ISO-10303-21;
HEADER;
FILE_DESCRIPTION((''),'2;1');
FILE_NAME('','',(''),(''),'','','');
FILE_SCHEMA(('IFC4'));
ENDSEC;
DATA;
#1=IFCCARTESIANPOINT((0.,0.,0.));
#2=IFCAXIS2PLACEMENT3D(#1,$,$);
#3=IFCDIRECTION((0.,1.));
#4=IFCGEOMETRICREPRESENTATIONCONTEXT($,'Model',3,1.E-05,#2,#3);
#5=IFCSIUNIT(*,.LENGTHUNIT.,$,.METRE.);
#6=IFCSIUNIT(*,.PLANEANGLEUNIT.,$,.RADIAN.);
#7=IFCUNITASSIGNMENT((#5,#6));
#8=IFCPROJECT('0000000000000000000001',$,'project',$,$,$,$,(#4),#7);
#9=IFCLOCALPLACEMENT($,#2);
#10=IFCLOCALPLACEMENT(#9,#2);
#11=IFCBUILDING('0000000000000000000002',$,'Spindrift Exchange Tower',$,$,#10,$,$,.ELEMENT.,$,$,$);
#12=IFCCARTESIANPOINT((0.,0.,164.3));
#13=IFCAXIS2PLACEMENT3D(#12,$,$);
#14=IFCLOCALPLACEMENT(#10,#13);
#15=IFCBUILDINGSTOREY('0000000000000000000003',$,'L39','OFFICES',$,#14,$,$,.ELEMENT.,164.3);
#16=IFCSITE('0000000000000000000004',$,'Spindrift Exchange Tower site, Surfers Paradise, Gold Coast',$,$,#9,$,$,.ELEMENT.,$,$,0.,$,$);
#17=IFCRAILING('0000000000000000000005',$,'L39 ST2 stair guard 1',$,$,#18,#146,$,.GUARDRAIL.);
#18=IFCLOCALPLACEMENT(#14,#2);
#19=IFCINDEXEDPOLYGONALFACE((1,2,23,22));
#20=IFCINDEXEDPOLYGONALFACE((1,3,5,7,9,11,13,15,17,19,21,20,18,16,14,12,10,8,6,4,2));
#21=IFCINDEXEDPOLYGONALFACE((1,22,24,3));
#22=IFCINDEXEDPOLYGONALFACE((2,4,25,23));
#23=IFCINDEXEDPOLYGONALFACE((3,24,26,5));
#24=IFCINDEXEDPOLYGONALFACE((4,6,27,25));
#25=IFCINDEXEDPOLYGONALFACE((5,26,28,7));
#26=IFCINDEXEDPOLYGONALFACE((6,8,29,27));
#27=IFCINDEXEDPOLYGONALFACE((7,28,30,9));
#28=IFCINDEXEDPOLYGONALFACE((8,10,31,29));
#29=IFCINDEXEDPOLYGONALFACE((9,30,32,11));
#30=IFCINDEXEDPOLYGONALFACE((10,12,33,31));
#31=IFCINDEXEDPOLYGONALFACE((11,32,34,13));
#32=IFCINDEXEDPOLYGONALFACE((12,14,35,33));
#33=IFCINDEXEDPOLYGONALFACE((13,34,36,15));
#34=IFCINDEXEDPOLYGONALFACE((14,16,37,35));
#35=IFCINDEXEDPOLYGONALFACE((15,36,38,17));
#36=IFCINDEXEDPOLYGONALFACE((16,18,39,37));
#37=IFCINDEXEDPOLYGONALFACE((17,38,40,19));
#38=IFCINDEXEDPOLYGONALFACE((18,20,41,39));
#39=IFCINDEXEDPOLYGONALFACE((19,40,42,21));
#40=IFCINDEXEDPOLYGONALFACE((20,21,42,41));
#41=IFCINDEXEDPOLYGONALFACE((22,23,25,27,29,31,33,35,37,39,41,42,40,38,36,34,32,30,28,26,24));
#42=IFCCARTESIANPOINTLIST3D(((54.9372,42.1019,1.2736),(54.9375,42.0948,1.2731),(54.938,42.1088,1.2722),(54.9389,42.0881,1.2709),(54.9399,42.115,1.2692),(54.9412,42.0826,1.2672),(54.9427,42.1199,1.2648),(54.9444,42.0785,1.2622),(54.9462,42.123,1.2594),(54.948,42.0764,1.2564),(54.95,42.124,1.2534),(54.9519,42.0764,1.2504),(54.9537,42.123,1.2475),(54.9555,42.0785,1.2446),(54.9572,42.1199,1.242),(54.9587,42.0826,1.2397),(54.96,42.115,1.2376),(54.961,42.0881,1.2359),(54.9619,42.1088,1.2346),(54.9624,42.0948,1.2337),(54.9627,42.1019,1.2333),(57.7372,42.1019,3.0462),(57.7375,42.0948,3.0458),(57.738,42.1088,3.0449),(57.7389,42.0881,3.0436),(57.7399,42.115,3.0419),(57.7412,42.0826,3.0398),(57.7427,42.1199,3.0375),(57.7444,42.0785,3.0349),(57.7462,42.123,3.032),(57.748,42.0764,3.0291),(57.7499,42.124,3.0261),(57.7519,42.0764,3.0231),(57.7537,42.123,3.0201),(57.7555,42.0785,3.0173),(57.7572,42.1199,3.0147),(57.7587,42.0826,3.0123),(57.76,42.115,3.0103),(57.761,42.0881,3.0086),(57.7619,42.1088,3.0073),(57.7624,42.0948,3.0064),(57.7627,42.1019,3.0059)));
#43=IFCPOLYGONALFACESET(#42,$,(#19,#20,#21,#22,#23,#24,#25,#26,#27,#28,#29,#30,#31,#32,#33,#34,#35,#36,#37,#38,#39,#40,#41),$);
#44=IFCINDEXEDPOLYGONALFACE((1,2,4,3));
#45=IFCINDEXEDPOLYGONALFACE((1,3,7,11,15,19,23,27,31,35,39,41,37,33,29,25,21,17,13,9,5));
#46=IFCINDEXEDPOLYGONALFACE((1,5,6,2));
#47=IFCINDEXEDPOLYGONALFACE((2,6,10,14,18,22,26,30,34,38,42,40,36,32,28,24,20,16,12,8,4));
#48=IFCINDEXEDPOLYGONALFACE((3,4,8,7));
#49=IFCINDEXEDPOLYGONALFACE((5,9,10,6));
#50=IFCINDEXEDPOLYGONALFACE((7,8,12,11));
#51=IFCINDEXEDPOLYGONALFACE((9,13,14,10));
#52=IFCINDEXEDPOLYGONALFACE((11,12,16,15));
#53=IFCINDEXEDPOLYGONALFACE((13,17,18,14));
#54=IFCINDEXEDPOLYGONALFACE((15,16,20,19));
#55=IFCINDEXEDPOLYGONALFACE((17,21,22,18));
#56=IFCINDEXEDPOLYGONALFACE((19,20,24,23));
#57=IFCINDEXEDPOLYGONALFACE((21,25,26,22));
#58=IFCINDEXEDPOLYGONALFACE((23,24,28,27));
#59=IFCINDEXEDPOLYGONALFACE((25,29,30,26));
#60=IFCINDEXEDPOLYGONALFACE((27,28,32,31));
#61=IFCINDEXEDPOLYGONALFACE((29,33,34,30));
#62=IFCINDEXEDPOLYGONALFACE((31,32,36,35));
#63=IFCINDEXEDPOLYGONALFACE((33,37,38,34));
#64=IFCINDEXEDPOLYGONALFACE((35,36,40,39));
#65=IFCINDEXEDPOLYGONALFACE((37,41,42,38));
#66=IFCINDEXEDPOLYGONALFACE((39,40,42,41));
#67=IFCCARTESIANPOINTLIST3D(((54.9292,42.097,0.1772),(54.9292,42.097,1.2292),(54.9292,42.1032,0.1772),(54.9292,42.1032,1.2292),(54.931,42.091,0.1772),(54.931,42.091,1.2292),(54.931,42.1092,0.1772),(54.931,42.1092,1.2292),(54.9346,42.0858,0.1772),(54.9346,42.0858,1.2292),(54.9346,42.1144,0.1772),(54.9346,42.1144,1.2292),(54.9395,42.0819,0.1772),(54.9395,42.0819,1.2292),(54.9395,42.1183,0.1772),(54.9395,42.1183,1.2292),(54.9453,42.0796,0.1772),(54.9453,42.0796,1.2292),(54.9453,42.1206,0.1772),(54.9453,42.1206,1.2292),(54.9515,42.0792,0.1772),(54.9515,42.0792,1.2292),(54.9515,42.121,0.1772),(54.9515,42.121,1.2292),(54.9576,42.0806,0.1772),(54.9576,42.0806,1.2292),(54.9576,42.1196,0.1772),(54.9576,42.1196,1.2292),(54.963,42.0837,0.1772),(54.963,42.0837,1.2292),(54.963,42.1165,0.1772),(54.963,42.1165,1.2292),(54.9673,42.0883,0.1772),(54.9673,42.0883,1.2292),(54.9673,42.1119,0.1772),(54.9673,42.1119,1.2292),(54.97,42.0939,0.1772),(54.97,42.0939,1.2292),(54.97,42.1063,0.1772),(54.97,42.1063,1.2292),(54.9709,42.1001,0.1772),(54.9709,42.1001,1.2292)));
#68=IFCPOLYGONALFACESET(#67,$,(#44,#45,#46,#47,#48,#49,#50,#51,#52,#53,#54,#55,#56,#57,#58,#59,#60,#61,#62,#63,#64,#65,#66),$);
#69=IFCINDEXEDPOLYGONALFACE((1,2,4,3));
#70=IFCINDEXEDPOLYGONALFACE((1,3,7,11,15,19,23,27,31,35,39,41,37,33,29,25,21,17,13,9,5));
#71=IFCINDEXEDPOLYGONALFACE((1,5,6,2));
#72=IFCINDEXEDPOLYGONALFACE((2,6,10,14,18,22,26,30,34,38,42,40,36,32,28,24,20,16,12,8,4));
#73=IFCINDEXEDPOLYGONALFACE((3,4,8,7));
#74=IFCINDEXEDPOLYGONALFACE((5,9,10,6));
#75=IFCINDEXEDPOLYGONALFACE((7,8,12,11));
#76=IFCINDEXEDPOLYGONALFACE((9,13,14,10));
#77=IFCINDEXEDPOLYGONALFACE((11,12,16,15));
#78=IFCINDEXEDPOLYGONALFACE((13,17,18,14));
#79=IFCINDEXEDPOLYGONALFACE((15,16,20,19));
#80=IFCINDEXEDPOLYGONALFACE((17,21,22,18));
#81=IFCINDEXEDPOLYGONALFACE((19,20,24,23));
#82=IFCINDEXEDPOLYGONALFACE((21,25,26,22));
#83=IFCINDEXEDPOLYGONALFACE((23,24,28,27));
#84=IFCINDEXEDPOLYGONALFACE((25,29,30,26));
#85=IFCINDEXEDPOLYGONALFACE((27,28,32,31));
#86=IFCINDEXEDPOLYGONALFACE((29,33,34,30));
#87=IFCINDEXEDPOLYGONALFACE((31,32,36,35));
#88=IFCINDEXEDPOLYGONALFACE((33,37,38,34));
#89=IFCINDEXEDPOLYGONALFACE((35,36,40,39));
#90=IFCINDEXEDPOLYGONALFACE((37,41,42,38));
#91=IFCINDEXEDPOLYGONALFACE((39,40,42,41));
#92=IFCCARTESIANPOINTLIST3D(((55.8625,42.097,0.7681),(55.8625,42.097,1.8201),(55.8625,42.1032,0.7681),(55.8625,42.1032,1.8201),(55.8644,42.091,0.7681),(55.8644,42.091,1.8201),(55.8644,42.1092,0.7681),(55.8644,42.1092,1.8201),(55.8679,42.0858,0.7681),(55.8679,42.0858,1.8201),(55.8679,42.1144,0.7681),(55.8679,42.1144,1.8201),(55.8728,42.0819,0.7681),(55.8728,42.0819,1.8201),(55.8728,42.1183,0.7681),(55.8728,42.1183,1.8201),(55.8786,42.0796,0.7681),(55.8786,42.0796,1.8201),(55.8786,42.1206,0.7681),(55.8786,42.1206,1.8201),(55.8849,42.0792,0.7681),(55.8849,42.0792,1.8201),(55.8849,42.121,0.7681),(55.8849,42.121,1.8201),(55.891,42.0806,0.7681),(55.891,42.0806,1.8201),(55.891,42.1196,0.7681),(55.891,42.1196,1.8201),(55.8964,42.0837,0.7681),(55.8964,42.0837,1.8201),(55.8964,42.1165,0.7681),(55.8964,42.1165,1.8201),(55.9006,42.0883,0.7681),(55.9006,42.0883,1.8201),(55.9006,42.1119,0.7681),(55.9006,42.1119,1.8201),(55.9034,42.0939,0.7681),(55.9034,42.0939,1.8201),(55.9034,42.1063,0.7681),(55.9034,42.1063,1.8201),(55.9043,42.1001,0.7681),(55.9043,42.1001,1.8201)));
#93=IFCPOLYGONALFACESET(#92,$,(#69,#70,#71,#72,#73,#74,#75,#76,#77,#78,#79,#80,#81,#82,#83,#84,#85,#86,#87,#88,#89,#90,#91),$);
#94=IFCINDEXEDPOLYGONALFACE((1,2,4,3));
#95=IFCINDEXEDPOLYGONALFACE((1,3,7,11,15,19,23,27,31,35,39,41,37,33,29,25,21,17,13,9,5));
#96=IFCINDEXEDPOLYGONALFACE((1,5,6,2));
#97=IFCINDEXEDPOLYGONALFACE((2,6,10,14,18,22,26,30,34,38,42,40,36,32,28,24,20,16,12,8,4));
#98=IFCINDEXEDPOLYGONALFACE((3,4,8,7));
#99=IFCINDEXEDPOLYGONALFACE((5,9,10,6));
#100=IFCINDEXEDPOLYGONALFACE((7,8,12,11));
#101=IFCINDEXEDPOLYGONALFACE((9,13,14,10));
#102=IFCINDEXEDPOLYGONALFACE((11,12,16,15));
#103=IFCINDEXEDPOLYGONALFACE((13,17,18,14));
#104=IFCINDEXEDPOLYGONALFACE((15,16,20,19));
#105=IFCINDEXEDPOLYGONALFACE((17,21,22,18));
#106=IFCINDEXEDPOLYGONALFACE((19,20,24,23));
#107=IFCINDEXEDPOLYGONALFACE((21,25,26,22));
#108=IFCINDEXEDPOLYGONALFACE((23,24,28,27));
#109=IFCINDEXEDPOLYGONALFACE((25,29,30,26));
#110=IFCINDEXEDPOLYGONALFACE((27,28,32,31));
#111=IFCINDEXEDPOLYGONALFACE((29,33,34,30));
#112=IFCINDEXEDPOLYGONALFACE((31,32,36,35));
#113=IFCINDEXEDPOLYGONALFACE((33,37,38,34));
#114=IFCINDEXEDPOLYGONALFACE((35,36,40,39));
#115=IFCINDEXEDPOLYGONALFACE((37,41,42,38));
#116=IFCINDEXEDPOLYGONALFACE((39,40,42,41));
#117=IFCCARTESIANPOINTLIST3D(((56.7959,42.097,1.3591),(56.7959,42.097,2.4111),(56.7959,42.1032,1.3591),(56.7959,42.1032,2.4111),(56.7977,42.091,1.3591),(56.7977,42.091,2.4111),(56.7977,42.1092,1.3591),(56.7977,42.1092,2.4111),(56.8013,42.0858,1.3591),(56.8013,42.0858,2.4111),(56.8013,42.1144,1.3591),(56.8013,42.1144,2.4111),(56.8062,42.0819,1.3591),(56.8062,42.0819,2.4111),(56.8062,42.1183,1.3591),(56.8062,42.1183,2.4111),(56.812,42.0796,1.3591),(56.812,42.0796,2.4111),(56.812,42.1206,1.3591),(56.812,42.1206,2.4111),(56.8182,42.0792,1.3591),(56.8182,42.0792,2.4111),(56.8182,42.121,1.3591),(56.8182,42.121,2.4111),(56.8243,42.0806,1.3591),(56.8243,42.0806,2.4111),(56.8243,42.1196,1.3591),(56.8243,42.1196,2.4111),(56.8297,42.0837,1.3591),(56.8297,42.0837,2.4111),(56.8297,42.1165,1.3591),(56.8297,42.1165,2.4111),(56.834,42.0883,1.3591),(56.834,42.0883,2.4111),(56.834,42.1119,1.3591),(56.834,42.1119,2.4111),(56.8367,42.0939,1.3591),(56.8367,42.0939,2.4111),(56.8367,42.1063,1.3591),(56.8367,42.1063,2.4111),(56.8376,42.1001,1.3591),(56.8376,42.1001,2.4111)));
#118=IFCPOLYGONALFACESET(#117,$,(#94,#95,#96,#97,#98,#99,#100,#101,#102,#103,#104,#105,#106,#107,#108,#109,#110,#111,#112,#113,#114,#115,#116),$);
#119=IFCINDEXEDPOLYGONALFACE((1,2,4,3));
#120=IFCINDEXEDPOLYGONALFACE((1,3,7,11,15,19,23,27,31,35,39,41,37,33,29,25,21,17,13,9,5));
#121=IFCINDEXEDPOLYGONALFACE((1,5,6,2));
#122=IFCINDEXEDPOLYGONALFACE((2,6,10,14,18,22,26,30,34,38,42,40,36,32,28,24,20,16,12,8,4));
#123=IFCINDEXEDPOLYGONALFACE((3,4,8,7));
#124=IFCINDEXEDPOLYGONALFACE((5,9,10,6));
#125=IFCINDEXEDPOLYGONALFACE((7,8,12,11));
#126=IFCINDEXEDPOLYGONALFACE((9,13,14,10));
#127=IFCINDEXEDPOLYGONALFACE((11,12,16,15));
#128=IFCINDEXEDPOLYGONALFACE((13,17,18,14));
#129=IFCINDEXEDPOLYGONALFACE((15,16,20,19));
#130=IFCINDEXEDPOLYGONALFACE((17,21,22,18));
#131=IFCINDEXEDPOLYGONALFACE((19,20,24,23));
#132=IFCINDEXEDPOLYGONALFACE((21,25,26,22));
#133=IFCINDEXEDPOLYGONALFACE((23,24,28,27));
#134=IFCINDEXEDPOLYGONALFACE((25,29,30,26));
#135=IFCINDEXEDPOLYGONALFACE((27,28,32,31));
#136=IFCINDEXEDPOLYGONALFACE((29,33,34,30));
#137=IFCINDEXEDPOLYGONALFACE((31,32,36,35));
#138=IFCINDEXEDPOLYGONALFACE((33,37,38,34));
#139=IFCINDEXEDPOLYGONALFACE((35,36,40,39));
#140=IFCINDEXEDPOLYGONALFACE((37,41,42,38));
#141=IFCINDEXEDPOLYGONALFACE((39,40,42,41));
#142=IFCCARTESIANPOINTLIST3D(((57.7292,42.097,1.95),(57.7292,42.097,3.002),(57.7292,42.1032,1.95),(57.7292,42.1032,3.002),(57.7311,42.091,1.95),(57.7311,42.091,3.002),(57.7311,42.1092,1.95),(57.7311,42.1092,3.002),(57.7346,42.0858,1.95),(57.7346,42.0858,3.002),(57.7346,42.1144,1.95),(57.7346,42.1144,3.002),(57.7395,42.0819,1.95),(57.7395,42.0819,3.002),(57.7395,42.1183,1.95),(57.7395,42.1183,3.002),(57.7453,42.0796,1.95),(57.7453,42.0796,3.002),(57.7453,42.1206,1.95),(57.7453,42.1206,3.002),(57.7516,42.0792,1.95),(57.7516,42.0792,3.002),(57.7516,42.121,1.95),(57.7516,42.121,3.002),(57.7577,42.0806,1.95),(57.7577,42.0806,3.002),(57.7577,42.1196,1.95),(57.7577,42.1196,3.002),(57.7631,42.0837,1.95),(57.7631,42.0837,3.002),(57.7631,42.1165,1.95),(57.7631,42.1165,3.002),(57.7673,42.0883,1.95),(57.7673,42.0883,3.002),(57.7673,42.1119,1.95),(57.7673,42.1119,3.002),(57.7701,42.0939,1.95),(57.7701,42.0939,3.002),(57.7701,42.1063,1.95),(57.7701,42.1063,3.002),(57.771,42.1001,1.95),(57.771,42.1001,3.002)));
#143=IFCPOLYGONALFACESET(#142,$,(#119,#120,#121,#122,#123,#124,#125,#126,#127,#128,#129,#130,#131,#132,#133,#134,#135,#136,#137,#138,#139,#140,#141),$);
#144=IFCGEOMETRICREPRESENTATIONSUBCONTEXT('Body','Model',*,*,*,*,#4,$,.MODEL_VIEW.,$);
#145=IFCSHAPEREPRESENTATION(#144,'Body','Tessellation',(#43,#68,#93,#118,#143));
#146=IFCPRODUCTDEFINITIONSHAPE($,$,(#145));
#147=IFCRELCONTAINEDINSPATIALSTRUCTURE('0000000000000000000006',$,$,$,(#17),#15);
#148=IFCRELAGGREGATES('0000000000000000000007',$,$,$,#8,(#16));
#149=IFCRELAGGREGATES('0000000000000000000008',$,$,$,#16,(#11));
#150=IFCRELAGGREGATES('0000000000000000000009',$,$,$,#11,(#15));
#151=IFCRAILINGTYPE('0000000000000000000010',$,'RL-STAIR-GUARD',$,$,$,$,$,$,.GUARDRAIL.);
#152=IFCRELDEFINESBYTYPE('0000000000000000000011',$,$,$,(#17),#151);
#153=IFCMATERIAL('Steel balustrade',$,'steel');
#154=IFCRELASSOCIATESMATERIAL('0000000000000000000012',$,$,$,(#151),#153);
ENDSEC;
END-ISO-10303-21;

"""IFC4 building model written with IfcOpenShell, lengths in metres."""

from ifc_helpers import new_model, si_unit, direction, frame, origin, origin_2d, place, context, subcontext, project, spatial, circle, extrude, material, type_object, element, save


model = new_model("IFC4")

# Units and contexts
model_context = context("Model", 3, precision=1e-05, world=origin(), true_north=direction((0.0, 1.0)))
body_context = subcontext(model_context, "Body", "Model", "MODEL_VIEW")
ifc_project = project(units=[si_unit("LENGTHUNIT", "METRE"), si_unit("PLANEANGLEUNIT", "RADIAN")], contexts=[model_context])

# Site, building, storey
site_placement = place(None, origin())
site = spatial("IfcSite", under=ifc_project, at=site_placement, Name="Spindrift Exchange Tower site, Surfers Paradise, Gold Coast", CompositionType="ELEMENT", RefElevation=0.0)
building_placement = place(site_placement, origin())
building = spatial("IfcBuilding", under=site, at=building_placement, Name="Spindrift Exchange Tower", CompositionType="ELEMENT")
storey_placement = place(building_placement, frame((0.0, 0.0, 164.3)))
storey = spatial("IfcBuildingStorey", under=building, at=storey_placement, Name="L39", Description="OFFICES", CompositionType="ELEMENT", Elevation=164.3)

# Railing
ifc_material_1 = material(Name="Steel balustrade", Category="steel")
railing_type_1 = type_object("IfcRailingType", Name="RL-STAIR-GUARD", PredefinedType="GUARDRAIL", material=ifc_material_1)
railing_1_placement = place(storey_placement, frame((54.95, 42.1001, 0.1772)))
element("IfcRailing", 1, at=railing_1_placement, inside=storey, type_object=railing_type_1, Name="L39 ST2 stair guard 1", PredefinedType="GUARDRAIL", context=body_context, shape_type="SweptSolid", body=[
    extrude(circle(Radius=0.0239, at=origin_2d()), frame((0.0, 0.0, 1.0762), z_axis=(0.844909, 0.0, 0.53491), x_axis=(0.0, 1.0, 0.0)), (0.0, 0.0, 1.0), 3.314),
    extrude(circle(Radius=0.021, at=origin_2d()), origin(), (0.0, 0.0, 1.0), 1.052),
    extrude(circle(Radius=0.021, at=origin_2d()), frame((0.9333, 0.0, 0.5908)), (0.0, 0.0, 1.0), 1.052),
    extrude(circle(Radius=0.021, at=origin_2d()), frame((1.8667, 0.0, 1.1819)), (0.0, 0.0, 1.0), 1.052),
    extrude(circle(Radius=0.021, at=origin_2d()), frame((2.8, 0.0, 1.7727)), (0.0, 0.0, 1.0), 1.052),
])

save(model, "model.ifc")
